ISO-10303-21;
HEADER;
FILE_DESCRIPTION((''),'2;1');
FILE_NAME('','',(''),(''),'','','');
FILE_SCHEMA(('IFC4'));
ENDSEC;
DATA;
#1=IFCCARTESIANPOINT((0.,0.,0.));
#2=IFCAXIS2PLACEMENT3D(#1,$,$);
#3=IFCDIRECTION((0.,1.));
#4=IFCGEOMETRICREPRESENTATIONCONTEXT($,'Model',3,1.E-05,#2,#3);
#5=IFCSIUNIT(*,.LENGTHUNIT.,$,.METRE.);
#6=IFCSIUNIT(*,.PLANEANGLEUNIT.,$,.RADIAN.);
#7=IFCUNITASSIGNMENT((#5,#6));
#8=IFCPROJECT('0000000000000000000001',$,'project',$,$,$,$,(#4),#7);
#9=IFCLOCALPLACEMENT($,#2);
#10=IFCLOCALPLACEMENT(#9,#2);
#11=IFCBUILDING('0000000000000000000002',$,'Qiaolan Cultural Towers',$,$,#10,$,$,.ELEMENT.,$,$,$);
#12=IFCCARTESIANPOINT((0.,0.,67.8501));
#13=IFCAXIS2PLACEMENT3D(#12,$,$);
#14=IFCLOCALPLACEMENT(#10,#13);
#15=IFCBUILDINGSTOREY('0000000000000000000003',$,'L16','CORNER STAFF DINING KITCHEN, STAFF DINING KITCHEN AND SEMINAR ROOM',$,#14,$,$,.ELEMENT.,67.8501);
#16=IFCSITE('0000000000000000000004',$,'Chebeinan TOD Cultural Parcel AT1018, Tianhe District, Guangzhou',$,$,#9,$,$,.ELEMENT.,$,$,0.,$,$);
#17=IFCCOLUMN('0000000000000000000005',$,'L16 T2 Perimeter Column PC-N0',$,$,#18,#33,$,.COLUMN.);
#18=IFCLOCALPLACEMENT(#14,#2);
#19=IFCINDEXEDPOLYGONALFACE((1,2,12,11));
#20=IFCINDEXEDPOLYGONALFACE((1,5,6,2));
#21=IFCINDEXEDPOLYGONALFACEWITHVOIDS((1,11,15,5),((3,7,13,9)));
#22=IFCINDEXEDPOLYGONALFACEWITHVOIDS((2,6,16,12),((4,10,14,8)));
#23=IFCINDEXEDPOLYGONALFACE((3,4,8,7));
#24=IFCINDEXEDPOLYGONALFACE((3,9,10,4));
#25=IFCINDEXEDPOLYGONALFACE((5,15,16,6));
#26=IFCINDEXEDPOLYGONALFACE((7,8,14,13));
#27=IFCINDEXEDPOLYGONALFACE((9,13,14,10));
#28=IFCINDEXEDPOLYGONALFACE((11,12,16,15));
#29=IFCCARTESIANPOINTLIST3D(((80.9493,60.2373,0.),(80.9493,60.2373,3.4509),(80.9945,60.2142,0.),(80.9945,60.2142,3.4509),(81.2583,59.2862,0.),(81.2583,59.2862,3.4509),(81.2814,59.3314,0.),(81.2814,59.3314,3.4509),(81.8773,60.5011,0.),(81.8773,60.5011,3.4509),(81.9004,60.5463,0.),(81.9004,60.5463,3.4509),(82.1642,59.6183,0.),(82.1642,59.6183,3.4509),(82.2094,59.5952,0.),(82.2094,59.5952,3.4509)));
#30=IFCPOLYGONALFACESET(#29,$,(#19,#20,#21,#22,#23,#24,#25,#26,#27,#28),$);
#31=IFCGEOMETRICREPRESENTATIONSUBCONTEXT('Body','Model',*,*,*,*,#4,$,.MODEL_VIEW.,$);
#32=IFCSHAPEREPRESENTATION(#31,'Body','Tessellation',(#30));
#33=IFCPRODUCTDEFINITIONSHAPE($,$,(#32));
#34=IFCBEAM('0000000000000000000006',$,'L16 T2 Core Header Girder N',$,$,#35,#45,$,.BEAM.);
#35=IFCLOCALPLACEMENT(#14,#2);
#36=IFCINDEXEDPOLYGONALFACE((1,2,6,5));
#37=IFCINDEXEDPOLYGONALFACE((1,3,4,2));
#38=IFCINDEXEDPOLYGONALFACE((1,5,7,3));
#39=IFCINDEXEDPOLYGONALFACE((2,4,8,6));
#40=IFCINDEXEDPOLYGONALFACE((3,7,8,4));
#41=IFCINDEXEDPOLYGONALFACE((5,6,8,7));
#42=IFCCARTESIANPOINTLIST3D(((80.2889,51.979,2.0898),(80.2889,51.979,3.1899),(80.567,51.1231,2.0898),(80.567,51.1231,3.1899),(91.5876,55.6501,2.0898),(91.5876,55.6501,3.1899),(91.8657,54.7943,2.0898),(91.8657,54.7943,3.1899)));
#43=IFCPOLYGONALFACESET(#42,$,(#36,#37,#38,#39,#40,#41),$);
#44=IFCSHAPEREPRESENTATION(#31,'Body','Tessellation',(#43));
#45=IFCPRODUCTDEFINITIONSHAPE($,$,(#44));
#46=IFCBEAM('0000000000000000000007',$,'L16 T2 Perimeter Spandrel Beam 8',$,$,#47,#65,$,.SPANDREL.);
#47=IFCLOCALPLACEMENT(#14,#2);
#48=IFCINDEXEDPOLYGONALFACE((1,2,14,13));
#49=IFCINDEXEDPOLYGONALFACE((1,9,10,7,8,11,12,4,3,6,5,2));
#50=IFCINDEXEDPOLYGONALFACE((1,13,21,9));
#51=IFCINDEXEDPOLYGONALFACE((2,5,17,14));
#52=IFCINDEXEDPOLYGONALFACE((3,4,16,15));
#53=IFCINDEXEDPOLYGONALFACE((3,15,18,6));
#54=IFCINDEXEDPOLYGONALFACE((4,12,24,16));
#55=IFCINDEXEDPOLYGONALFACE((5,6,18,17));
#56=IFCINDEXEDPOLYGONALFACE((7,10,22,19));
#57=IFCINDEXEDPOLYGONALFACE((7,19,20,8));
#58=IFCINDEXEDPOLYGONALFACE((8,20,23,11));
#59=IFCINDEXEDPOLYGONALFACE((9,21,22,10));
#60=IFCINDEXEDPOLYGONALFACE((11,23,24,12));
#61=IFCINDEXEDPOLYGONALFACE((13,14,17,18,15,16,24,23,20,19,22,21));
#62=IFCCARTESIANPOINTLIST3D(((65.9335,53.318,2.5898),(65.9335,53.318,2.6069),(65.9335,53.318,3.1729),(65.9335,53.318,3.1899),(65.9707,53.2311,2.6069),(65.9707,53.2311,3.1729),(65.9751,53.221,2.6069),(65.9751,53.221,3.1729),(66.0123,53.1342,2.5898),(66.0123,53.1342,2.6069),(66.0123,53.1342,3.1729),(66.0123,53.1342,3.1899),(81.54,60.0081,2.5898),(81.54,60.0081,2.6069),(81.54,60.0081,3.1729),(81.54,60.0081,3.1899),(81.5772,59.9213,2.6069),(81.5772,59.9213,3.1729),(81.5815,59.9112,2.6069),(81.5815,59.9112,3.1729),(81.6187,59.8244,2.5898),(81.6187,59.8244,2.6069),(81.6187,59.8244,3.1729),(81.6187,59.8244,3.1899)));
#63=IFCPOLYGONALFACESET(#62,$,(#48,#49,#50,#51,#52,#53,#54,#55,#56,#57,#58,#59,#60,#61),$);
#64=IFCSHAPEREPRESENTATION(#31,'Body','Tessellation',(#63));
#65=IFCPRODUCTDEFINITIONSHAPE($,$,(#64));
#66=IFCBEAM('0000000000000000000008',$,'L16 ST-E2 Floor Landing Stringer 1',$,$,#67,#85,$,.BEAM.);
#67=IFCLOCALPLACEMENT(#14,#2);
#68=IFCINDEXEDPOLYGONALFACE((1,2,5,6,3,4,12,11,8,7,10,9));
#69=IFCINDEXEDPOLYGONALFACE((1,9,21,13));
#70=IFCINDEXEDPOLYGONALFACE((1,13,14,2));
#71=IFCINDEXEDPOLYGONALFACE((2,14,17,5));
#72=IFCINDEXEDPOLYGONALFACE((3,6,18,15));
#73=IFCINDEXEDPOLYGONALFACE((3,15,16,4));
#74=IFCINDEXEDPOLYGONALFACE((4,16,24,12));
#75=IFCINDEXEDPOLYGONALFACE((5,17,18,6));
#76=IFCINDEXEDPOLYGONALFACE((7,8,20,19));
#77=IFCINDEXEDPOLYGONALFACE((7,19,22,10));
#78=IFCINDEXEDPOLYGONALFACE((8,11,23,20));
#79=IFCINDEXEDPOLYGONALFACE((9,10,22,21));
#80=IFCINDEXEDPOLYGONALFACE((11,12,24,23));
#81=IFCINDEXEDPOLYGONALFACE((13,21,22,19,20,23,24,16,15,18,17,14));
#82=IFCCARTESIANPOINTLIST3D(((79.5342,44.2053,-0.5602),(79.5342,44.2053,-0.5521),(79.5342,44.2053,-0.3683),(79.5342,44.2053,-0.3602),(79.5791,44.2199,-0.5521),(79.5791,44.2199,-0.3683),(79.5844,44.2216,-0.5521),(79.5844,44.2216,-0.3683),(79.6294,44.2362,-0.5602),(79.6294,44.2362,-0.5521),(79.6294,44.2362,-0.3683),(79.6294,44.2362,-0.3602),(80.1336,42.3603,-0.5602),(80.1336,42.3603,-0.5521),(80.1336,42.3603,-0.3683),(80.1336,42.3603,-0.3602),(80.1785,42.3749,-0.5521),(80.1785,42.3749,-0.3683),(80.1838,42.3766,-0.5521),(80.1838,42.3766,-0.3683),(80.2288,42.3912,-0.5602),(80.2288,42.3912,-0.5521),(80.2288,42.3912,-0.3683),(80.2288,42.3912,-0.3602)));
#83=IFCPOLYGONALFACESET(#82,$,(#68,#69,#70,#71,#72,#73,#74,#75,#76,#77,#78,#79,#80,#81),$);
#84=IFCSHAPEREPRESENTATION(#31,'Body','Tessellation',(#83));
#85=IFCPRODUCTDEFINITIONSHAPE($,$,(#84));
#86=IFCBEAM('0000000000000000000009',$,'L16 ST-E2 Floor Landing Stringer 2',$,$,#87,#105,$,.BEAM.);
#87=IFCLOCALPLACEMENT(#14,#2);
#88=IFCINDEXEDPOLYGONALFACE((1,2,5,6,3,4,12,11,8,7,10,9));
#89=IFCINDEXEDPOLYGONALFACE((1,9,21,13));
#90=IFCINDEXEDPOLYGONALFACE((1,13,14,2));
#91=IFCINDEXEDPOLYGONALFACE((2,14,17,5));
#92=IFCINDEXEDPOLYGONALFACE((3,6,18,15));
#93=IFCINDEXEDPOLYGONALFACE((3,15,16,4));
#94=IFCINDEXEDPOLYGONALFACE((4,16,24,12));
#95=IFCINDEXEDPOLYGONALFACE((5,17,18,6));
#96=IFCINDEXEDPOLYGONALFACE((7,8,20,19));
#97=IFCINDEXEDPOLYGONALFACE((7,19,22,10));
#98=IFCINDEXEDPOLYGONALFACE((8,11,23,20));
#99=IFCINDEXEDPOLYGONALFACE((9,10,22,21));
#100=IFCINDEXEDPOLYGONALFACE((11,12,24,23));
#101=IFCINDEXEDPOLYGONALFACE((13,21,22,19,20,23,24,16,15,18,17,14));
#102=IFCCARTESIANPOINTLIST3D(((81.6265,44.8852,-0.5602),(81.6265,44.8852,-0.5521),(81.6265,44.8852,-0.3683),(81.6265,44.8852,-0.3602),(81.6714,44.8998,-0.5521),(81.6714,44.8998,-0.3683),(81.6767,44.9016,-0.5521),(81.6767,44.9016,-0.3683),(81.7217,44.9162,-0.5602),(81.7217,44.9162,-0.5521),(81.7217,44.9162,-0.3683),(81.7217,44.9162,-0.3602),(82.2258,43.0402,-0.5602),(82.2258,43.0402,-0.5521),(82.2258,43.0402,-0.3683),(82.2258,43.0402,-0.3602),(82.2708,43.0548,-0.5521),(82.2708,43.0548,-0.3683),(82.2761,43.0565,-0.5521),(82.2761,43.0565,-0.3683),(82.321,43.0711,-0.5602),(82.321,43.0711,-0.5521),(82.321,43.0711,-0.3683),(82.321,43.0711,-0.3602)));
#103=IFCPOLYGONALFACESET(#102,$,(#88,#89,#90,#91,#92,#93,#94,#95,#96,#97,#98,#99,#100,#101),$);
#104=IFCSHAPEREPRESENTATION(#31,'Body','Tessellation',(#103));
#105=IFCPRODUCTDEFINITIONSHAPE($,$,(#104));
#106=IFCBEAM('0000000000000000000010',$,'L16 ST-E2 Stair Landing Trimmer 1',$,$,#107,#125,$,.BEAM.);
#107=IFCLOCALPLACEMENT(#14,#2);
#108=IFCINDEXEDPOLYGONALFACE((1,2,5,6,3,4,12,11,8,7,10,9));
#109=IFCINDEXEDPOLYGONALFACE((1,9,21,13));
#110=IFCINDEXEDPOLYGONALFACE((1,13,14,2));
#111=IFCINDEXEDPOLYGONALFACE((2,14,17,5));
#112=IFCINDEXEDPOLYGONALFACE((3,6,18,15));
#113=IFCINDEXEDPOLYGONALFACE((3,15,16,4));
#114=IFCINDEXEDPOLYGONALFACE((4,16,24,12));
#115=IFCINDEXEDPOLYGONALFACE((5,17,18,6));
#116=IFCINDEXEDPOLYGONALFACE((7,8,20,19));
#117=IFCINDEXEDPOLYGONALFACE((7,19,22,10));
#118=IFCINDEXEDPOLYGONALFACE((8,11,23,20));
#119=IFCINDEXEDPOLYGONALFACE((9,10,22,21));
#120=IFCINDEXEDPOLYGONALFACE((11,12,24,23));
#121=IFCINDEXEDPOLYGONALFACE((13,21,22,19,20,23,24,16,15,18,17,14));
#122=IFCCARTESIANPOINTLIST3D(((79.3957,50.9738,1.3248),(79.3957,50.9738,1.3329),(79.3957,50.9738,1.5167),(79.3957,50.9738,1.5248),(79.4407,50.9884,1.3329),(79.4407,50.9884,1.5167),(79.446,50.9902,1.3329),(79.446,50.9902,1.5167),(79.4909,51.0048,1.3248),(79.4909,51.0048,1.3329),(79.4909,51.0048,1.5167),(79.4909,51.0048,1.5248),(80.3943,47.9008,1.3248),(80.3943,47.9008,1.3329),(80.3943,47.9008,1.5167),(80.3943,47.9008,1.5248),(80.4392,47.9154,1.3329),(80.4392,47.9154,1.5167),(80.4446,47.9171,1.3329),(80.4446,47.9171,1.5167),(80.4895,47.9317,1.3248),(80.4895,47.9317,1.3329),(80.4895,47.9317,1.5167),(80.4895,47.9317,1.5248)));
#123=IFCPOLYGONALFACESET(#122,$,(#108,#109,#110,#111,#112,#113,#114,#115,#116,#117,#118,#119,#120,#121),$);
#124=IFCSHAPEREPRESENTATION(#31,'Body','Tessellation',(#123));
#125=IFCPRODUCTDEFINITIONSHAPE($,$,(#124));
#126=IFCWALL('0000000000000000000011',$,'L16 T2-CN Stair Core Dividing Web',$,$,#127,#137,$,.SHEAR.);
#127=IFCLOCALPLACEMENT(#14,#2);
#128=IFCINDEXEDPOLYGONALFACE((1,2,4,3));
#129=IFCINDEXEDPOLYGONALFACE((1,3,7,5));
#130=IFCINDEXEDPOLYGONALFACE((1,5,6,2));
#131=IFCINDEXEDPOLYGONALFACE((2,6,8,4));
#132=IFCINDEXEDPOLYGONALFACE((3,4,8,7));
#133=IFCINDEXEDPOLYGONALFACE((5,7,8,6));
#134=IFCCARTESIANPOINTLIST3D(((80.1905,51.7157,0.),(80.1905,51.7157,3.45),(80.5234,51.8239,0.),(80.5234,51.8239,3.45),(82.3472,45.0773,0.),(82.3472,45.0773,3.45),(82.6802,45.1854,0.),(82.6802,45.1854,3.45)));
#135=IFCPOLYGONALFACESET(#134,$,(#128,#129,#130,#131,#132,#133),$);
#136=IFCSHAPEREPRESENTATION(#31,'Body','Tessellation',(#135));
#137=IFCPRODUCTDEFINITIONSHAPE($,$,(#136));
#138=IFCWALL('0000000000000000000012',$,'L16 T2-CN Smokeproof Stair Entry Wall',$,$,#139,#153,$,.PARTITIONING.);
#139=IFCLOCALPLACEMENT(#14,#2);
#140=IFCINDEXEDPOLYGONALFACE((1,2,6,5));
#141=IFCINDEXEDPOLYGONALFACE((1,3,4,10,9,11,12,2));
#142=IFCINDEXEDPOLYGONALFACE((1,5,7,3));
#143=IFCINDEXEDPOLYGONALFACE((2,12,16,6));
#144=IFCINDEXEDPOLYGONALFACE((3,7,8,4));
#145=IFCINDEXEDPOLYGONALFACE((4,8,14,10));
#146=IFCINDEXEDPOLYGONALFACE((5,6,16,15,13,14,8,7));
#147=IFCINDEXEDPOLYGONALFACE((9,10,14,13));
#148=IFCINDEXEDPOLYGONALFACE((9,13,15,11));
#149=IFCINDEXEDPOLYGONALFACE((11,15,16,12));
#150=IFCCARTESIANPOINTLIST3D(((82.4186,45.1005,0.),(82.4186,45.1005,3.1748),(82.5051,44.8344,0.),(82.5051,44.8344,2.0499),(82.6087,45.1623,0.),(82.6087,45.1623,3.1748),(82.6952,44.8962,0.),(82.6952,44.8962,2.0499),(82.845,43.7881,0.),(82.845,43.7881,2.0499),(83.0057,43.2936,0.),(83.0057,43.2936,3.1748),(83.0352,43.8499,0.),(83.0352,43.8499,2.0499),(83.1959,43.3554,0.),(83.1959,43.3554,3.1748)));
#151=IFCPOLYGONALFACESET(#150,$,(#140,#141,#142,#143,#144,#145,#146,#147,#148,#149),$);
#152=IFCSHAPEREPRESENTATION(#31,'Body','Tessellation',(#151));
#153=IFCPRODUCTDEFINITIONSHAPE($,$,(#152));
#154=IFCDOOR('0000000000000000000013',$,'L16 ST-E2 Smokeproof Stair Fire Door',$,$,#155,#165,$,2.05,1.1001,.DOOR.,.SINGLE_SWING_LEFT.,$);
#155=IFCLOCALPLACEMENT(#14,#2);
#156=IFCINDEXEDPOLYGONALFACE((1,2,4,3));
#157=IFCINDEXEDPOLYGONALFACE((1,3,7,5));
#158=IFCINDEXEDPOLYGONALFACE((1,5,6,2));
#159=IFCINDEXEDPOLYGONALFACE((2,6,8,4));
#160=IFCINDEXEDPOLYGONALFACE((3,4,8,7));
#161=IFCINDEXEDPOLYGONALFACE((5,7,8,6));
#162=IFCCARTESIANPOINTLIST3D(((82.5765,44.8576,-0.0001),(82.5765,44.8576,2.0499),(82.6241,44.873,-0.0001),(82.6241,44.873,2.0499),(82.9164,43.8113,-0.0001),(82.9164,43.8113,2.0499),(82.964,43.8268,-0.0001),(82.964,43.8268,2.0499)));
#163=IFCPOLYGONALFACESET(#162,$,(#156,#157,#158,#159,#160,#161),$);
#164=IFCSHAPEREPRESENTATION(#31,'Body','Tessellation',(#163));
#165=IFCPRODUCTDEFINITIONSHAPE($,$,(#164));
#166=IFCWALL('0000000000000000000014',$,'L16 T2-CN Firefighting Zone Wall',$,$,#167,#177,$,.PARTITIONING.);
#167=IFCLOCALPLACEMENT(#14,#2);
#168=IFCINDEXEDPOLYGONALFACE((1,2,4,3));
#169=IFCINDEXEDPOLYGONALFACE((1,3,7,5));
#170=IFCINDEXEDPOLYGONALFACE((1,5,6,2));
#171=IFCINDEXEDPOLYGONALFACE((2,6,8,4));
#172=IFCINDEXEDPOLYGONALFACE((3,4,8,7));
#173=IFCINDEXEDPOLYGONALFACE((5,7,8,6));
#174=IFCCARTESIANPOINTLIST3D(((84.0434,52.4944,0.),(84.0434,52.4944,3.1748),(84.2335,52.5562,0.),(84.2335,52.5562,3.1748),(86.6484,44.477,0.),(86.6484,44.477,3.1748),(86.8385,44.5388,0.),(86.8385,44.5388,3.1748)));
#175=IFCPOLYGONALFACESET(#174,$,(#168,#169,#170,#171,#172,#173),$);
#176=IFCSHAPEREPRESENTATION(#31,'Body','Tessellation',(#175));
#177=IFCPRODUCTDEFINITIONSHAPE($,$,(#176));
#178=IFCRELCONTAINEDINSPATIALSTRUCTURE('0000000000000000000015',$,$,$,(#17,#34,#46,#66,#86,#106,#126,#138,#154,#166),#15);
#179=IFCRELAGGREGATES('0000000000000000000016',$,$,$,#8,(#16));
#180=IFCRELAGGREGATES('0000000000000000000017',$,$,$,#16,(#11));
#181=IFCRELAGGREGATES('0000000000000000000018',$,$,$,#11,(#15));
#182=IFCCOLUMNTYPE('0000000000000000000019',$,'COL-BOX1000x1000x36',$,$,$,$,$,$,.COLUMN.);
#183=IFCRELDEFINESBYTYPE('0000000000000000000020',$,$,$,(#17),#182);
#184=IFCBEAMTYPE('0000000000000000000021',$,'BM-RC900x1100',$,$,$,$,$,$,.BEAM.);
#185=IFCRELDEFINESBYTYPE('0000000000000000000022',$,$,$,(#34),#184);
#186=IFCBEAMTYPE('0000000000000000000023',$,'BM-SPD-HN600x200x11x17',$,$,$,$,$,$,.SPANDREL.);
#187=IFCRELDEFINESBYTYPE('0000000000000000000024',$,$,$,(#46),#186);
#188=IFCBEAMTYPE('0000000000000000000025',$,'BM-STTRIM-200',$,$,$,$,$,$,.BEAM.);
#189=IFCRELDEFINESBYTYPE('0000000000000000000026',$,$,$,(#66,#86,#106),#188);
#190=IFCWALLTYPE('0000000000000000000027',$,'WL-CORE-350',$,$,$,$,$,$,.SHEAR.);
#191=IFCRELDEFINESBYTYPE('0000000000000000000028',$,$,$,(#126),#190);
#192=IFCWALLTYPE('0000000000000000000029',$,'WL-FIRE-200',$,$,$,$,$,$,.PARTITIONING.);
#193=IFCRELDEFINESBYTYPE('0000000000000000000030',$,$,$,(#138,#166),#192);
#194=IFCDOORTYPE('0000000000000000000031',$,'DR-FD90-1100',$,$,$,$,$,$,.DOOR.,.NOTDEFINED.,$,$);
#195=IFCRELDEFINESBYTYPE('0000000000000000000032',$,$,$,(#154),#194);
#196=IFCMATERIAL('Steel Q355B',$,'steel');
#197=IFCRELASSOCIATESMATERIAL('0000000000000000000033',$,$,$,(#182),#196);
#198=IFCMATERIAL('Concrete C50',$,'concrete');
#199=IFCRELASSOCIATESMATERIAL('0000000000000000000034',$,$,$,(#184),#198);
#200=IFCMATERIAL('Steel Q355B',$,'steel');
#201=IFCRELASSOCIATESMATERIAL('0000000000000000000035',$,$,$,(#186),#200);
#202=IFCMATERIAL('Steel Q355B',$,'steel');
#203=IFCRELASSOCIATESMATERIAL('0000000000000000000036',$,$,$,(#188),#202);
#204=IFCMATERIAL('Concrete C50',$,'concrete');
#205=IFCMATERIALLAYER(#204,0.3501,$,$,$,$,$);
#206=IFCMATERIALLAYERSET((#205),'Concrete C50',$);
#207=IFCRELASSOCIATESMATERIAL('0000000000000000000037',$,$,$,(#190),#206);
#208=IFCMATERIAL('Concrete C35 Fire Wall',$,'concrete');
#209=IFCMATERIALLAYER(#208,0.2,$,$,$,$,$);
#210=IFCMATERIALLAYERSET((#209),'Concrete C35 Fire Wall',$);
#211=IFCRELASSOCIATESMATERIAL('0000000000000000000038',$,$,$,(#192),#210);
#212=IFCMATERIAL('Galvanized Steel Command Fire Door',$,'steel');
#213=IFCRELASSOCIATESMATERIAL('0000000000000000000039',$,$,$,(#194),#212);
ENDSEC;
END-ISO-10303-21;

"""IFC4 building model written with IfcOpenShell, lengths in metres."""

from ifc_helpers import new_model, si_unit, direction, frame, frame_2d, origin, origin_2d, place, context, subcontext, project, spatial, rectangle, hollow_rectangle, i_section, extrude, material, layer, layer_set, material_profile, profile_set, type_object, element, fill, save


model = new_model("IFC4")

# Units and contexts
model_context = context("Model", 3, precision=1e-05, world=origin(), true_north=direction((0.0, 1.0)))
body_context = subcontext(model_context, "Body", "Model", "MODEL_VIEW")
ifc_project = project(units=[si_unit("LENGTHUNIT", "METRE"), si_unit("PLANEANGLEUNIT", "RADIAN")], contexts=[model_context])

# Site, building, storey
site_placement = place(None, origin())
site = spatial("IfcSite", under=ifc_project, at=site_placement, Name="Chebeinan TOD Cultural Parcel AT1018, Tianhe District, Guangzhou", CompositionType="ELEMENT", RefElevation=0.0)
building_placement = place(site_placement, origin())
building = spatial("IfcBuilding", under=site, at=building_placement, Name="Qiaolan Cultural Towers", CompositionType="ELEMENT")
storey_placement = place(building_placement, frame((0.0, 0.0, 67.8501)))
storey = spatial("IfcBuildingStorey", under=building, at=storey_placement, Name="L16", Description="CORNER STAFF DINING KITCHEN, STAFF DINING KITCHEN AND SEMINAR ROOM", CompositionType="ELEMENT", Elevation=67.8501)

# Column
ifc_material_1 = material(Name="Steel Q355B", Category="steel")
ifc_material_profile_1 = material_profile(ifc_material_1, hollow_rectangle(XDim=1.0, YDim=1.0, WallThickness=0.0359, at=origin_2d()), Name="BOX1000x1000x36")
ifc_profile_set_1 = profile_set([ifc_material_profile_1], Name="Steel Q355B")
column_type = type_object("IfcColumnType", Name="COL-BOX1000x1000x36", PredefinedType="COLUMN", material=ifc_profile_set_1)
column_placement = place(storey_placement, frame((81.5793, 59.9163, 0.0), z_axis=(0.0, 0.0, 1.0), x_axis=(0.951057, 0.309017, 0.0)))
element("IfcColumn", 1, at=column_placement, inside=storey, type_object=column_type, Name="L16 T2 Perimeter Column PC-N0", PredefinedType="COLUMN", context=body_context, shape_type="SweptSolid", body=[
    extrude(hollow_rectangle(XDim=1.0, YDim=1.0, WallThickness=0.0359, at=origin_2d()), origin(), (0.0, 0.0, 1.0), 3.4509),
])

# Beams
ifc_material_2 = material(Name="Concrete C50", Category="concrete")
ifc_material_profile_2 = material_profile(ifc_material_2, rectangle(XDim=0.8999, YDim=1.1001, at=origin_2d()), Name="RC900x1100")
ifc_profile_set_2 = profile_set([ifc_material_profile_2], Name="Concrete C50")
beam_type_1 = type_object("IfcBeamType", Name="BM-RC900x1100", PredefinedType="BEAM", material=ifc_profile_set_2)
beam_1_placement = place(storey_placement, frame((80.428, 51.551, 2.6399), z_axis=(0.951056, 0.309018, 0.0), x_axis=(-0.309018, 0.951056, 0.0)))
element("IfcBeam", 2, at=beam_1_placement, inside=storey, type_object=beam_type_1, Name="L16 T2 Core Header Girder N", PredefinedType="BEAM", context=body_context, shape_type="SweptSolid", body=[
    extrude(rectangle(XDim=0.8999, YDim=1.1001, at=origin_2d()), origin(), (0.0, 0.0, 1.0), 11.8801),
])
ifc_material_3 = material(Name="Steel Q355B", Category="steel")
ifc_material_profile_3 = material_profile(ifc_material_3, i_section(OverallWidth=0.2, OverallDepth=0.6001, WebThickness=0.011, FlangeThickness=0.0171, at=origin_2d()), Name="HN600x200x11x17")
ifc_profile_set_3 = profile_set([ifc_material_profile_3], Name="Steel Q355B")
beam_type_2 = type_object("IfcBeamType", Name="BM-SPD-HN600x200x11x17", PredefinedType="SPANDREL", material=ifc_profile_set_3)
beam_2_placement = place(storey_placement, frame((81.5793, 59.9163, 2.8899), z_axis=(-0.919109, -0.394004, 0.0), x_axis=(0.394004, -0.919109, 0.0)))
element("IfcBeam", 3, at=beam_2_placement, inside=storey, type_object=beam_type_2, Name="L16 T2 Perimeter Spandrel Beam 8", PredefinedType="SPANDREL", context=body_context, shape_type="SweptSolid", body=[
    extrude(i_section(OverallWidth=0.2, OverallDepth=0.6001, WebThickness=0.011, FlangeThickness=0.0171, at=origin_2d()), origin(), (0.0, 0.0, 1.0), 16.98),
])
ifc_material_4 = material(Name="Steel Q355B", Category="steel")
ifc_material_profile_4 = material_profile(ifc_material_4, i_section(OverallWidth=0.1001, OverallDepth=0.2, WebThickness=0.0056, FlangeThickness=0.0081, at=origin_2d()), Name="HN200x100x5.5x8")
ifc_profile_set_4 = profile_set([ifc_material_profile_4], Name="Steel Q355B")
beam_type_3 = type_object("IfcBeamType", Name="BM-STTRIM-200", PredefinedType="BEAM", material=ifc_profile_set_4)
for number, where, z_axis, x_axis, name in (
    (4, (80.1812, 42.3757, -0.4602), (-0.308969, 0.951072, 0.0), (-0.951072, -0.308969, 0.0), "L16 ST-E2 Floor Landing Stringer 1"),
    (5, (82.2734, 43.0557, -0.4602), (-0.308969, 0.951072, 0.0), (-0.951072, -0.308969, 0.0), "L16 ST-E2 Floor Landing Stringer 2"),
):
    element("IfcBeam", number, at=place(storey_placement, frame(where, z_axis=z_axis, x_axis=x_axis)), inside=storey, type_object=beam_type_3, Name=name, PredefinedType="BEAM", context=body_context, shape_type="SweptSolid", body=[
        extrude(i_section(OverallWidth=0.1001, OverallDepth=0.2, WebThickness=0.0056, FlangeThickness=0.0081, at=origin_2d()), origin(), (0.0, 0.0, 1.0), 1.9399),
    ])
beam_3_placement = place(storey_placement, frame((80.4419, 47.9163, 1.4248), z_axis=(-0.309033, 0.951051, 0.0), x_axis=(-0.951051, -0.309033, 0.0)))
element("IfcBeam", 6, at=beam_3_placement, inside=storey, type_object=beam_type_3, Name="L16 ST-E2 Stair Landing Trimmer 1", PredefinedType="BEAM", context=body_context, shape_type="SweptSolid", body=[
    extrude(i_section(OverallWidth=0.1001, OverallDepth=0.2, WebThickness=0.0056, FlangeThickness=0.0081, at=origin_2d()), origin(), (0.0, 0.0, 1.0), 3.2312),
])

# Wall
ifc_material_5 = material(Name="Concrete C50", Category="concrete")
ifc_layer_1 = layer(ifc_material_5, 0.3501)
ifc_layer_set_1 = layer_set([ifc_layer_1], Name="Concrete C50")
wall_type_1 = type_object("IfcWallType", Name="WL-CORE-350", PredefinedType="SHEAR", material=ifc_layer_set_1)
wall_1_placement = place(storey_placement, frame((82.5137, 45.1313, 0.0), z_axis=(0.0, 0.0, 1.0), x_axis=(-0.308989, 0.951066, 0.0)))
element("IfcWall", 7, at=wall_1_placement, inside=storey, type_object=wall_type_1, Name="L16 T2-CN Stair Core Dividing Web", PredefinedType="SHEAR", context=body_context, shape_type="SweptSolid", body=[
    extrude(rectangle(XDim=6.98, YDim=0.3501, at=frame_2d((3.49, 0.0))), origin(), (0.0, 0.0, 1.0), 3.45),
])

# Wall, opening, door
ifc_material_6 = material(Name="Concrete C35 Fire Wall", Category="concrete")
ifc_layer_2 = layer(ifc_material_6, 0.2)
ifc_layer_set_2 = layer_set([ifc_layer_2], Name="Concrete C35 Fire Wall")
wall_type_2 = type_object("IfcWallType", Name="WL-FIRE-200", PredefinedType="PARTITIONING", material=ifc_layer_set_2)
wall_2_placement = place(storey_placement, frame((83.1008, 43.3245, 0.0), z_axis=(0.0, 0.0, 1.0), x_axis=(-0.309048, 0.951046, 0.0)))
wall_2 = element("IfcWall", 8, at=wall_2_placement, inside=storey, type_object=wall_type_2, Name="L16 T2-CN Smokeproof Stair Entry Wall", PredefinedType="PARTITIONING", context=body_context, shape_type="SweptSolid", body=[
    extrude(rectangle(XDim=1.8999, YDim=0.2, at=frame_2d((0.95, 0.0))), origin(), (0.0, 0.0, 1.0), 3.1748),
])
opening_1_placement = place(wall_2_placement, frame((0.52, 0.0, 0.0)))
opening_1 = element("IfcOpeningElement", 9, at=opening_1_placement, cuts=wall_2, PredefinedType="OPENING", context=body_context, shape_type="SweptSolid", body=[
    extrude(rectangle(XDim=1.1001, YDim=2.05, at=frame_2d((0.55, 1.0249))), frame((0.0, 0.1099, 0.0), z_axis=(0.0, -1.0, 0.0), x_axis=(1.0, 0.0, 0.0)), (0.0, 0.0, 1.0), 0.22),
])
ifc_material_7 = material(Name="Galvanized Steel Command Fire Door", Category="steel")
door_type_1 = type_object("IfcDoorType", Name="DR-FD90-1100", OperationType="NOTDEFINED", PredefinedType="DOOR", material=ifc_material_7)
door_1_placement = place(opening_1_placement, origin())
door_1 = element("IfcDoor", 10, at=door_1_placement, inside=storey, type_object=door_type_1, Name="L16 ST-E2 Smokeproof Stair Fire Door", OperationType="SINGLE_SWING_LEFT", OverallHeight=2.05, OverallWidth=1.1001, PredefinedType="DOOR", context=body_context, shape_type="SweptSolid", body=[
    extrude(rectangle(XDim=1.1001, YDim=2.05, at=frame_2d((0.55, 1.0249))), frame((0.0, 0.0249, 0.0), z_axis=(0.0, -1.0, 0.0), x_axis=(1.0, 0.0, 0.0)), (0.0, 0.0, 1.0), 0.05),
])
fill(opening_1, door_1)

# Wall
wall_3_placement = place(storey_placement, frame((86.7434, 44.5081, 0.0), z_axis=(0.0, 0.0, 1.0), x_axis=(-0.309016, 0.951057, 0.0)))
element("IfcWall", 11, at=wall_3_placement, inside=storey, type_object=wall_type_2, Name="L16 T2-CN Firefighting Zone Wall", PredefinedType="PARTITIONING", context=body_context, shape_type="SweptSolid", body=[
    extrude(rectangle(XDim=8.4299, YDim=0.2, at=frame_2d((4.2148, 0.0))), origin(), (0.0, 0.0, 1.0), 3.1748),
])

save(model, "model.ifc")
